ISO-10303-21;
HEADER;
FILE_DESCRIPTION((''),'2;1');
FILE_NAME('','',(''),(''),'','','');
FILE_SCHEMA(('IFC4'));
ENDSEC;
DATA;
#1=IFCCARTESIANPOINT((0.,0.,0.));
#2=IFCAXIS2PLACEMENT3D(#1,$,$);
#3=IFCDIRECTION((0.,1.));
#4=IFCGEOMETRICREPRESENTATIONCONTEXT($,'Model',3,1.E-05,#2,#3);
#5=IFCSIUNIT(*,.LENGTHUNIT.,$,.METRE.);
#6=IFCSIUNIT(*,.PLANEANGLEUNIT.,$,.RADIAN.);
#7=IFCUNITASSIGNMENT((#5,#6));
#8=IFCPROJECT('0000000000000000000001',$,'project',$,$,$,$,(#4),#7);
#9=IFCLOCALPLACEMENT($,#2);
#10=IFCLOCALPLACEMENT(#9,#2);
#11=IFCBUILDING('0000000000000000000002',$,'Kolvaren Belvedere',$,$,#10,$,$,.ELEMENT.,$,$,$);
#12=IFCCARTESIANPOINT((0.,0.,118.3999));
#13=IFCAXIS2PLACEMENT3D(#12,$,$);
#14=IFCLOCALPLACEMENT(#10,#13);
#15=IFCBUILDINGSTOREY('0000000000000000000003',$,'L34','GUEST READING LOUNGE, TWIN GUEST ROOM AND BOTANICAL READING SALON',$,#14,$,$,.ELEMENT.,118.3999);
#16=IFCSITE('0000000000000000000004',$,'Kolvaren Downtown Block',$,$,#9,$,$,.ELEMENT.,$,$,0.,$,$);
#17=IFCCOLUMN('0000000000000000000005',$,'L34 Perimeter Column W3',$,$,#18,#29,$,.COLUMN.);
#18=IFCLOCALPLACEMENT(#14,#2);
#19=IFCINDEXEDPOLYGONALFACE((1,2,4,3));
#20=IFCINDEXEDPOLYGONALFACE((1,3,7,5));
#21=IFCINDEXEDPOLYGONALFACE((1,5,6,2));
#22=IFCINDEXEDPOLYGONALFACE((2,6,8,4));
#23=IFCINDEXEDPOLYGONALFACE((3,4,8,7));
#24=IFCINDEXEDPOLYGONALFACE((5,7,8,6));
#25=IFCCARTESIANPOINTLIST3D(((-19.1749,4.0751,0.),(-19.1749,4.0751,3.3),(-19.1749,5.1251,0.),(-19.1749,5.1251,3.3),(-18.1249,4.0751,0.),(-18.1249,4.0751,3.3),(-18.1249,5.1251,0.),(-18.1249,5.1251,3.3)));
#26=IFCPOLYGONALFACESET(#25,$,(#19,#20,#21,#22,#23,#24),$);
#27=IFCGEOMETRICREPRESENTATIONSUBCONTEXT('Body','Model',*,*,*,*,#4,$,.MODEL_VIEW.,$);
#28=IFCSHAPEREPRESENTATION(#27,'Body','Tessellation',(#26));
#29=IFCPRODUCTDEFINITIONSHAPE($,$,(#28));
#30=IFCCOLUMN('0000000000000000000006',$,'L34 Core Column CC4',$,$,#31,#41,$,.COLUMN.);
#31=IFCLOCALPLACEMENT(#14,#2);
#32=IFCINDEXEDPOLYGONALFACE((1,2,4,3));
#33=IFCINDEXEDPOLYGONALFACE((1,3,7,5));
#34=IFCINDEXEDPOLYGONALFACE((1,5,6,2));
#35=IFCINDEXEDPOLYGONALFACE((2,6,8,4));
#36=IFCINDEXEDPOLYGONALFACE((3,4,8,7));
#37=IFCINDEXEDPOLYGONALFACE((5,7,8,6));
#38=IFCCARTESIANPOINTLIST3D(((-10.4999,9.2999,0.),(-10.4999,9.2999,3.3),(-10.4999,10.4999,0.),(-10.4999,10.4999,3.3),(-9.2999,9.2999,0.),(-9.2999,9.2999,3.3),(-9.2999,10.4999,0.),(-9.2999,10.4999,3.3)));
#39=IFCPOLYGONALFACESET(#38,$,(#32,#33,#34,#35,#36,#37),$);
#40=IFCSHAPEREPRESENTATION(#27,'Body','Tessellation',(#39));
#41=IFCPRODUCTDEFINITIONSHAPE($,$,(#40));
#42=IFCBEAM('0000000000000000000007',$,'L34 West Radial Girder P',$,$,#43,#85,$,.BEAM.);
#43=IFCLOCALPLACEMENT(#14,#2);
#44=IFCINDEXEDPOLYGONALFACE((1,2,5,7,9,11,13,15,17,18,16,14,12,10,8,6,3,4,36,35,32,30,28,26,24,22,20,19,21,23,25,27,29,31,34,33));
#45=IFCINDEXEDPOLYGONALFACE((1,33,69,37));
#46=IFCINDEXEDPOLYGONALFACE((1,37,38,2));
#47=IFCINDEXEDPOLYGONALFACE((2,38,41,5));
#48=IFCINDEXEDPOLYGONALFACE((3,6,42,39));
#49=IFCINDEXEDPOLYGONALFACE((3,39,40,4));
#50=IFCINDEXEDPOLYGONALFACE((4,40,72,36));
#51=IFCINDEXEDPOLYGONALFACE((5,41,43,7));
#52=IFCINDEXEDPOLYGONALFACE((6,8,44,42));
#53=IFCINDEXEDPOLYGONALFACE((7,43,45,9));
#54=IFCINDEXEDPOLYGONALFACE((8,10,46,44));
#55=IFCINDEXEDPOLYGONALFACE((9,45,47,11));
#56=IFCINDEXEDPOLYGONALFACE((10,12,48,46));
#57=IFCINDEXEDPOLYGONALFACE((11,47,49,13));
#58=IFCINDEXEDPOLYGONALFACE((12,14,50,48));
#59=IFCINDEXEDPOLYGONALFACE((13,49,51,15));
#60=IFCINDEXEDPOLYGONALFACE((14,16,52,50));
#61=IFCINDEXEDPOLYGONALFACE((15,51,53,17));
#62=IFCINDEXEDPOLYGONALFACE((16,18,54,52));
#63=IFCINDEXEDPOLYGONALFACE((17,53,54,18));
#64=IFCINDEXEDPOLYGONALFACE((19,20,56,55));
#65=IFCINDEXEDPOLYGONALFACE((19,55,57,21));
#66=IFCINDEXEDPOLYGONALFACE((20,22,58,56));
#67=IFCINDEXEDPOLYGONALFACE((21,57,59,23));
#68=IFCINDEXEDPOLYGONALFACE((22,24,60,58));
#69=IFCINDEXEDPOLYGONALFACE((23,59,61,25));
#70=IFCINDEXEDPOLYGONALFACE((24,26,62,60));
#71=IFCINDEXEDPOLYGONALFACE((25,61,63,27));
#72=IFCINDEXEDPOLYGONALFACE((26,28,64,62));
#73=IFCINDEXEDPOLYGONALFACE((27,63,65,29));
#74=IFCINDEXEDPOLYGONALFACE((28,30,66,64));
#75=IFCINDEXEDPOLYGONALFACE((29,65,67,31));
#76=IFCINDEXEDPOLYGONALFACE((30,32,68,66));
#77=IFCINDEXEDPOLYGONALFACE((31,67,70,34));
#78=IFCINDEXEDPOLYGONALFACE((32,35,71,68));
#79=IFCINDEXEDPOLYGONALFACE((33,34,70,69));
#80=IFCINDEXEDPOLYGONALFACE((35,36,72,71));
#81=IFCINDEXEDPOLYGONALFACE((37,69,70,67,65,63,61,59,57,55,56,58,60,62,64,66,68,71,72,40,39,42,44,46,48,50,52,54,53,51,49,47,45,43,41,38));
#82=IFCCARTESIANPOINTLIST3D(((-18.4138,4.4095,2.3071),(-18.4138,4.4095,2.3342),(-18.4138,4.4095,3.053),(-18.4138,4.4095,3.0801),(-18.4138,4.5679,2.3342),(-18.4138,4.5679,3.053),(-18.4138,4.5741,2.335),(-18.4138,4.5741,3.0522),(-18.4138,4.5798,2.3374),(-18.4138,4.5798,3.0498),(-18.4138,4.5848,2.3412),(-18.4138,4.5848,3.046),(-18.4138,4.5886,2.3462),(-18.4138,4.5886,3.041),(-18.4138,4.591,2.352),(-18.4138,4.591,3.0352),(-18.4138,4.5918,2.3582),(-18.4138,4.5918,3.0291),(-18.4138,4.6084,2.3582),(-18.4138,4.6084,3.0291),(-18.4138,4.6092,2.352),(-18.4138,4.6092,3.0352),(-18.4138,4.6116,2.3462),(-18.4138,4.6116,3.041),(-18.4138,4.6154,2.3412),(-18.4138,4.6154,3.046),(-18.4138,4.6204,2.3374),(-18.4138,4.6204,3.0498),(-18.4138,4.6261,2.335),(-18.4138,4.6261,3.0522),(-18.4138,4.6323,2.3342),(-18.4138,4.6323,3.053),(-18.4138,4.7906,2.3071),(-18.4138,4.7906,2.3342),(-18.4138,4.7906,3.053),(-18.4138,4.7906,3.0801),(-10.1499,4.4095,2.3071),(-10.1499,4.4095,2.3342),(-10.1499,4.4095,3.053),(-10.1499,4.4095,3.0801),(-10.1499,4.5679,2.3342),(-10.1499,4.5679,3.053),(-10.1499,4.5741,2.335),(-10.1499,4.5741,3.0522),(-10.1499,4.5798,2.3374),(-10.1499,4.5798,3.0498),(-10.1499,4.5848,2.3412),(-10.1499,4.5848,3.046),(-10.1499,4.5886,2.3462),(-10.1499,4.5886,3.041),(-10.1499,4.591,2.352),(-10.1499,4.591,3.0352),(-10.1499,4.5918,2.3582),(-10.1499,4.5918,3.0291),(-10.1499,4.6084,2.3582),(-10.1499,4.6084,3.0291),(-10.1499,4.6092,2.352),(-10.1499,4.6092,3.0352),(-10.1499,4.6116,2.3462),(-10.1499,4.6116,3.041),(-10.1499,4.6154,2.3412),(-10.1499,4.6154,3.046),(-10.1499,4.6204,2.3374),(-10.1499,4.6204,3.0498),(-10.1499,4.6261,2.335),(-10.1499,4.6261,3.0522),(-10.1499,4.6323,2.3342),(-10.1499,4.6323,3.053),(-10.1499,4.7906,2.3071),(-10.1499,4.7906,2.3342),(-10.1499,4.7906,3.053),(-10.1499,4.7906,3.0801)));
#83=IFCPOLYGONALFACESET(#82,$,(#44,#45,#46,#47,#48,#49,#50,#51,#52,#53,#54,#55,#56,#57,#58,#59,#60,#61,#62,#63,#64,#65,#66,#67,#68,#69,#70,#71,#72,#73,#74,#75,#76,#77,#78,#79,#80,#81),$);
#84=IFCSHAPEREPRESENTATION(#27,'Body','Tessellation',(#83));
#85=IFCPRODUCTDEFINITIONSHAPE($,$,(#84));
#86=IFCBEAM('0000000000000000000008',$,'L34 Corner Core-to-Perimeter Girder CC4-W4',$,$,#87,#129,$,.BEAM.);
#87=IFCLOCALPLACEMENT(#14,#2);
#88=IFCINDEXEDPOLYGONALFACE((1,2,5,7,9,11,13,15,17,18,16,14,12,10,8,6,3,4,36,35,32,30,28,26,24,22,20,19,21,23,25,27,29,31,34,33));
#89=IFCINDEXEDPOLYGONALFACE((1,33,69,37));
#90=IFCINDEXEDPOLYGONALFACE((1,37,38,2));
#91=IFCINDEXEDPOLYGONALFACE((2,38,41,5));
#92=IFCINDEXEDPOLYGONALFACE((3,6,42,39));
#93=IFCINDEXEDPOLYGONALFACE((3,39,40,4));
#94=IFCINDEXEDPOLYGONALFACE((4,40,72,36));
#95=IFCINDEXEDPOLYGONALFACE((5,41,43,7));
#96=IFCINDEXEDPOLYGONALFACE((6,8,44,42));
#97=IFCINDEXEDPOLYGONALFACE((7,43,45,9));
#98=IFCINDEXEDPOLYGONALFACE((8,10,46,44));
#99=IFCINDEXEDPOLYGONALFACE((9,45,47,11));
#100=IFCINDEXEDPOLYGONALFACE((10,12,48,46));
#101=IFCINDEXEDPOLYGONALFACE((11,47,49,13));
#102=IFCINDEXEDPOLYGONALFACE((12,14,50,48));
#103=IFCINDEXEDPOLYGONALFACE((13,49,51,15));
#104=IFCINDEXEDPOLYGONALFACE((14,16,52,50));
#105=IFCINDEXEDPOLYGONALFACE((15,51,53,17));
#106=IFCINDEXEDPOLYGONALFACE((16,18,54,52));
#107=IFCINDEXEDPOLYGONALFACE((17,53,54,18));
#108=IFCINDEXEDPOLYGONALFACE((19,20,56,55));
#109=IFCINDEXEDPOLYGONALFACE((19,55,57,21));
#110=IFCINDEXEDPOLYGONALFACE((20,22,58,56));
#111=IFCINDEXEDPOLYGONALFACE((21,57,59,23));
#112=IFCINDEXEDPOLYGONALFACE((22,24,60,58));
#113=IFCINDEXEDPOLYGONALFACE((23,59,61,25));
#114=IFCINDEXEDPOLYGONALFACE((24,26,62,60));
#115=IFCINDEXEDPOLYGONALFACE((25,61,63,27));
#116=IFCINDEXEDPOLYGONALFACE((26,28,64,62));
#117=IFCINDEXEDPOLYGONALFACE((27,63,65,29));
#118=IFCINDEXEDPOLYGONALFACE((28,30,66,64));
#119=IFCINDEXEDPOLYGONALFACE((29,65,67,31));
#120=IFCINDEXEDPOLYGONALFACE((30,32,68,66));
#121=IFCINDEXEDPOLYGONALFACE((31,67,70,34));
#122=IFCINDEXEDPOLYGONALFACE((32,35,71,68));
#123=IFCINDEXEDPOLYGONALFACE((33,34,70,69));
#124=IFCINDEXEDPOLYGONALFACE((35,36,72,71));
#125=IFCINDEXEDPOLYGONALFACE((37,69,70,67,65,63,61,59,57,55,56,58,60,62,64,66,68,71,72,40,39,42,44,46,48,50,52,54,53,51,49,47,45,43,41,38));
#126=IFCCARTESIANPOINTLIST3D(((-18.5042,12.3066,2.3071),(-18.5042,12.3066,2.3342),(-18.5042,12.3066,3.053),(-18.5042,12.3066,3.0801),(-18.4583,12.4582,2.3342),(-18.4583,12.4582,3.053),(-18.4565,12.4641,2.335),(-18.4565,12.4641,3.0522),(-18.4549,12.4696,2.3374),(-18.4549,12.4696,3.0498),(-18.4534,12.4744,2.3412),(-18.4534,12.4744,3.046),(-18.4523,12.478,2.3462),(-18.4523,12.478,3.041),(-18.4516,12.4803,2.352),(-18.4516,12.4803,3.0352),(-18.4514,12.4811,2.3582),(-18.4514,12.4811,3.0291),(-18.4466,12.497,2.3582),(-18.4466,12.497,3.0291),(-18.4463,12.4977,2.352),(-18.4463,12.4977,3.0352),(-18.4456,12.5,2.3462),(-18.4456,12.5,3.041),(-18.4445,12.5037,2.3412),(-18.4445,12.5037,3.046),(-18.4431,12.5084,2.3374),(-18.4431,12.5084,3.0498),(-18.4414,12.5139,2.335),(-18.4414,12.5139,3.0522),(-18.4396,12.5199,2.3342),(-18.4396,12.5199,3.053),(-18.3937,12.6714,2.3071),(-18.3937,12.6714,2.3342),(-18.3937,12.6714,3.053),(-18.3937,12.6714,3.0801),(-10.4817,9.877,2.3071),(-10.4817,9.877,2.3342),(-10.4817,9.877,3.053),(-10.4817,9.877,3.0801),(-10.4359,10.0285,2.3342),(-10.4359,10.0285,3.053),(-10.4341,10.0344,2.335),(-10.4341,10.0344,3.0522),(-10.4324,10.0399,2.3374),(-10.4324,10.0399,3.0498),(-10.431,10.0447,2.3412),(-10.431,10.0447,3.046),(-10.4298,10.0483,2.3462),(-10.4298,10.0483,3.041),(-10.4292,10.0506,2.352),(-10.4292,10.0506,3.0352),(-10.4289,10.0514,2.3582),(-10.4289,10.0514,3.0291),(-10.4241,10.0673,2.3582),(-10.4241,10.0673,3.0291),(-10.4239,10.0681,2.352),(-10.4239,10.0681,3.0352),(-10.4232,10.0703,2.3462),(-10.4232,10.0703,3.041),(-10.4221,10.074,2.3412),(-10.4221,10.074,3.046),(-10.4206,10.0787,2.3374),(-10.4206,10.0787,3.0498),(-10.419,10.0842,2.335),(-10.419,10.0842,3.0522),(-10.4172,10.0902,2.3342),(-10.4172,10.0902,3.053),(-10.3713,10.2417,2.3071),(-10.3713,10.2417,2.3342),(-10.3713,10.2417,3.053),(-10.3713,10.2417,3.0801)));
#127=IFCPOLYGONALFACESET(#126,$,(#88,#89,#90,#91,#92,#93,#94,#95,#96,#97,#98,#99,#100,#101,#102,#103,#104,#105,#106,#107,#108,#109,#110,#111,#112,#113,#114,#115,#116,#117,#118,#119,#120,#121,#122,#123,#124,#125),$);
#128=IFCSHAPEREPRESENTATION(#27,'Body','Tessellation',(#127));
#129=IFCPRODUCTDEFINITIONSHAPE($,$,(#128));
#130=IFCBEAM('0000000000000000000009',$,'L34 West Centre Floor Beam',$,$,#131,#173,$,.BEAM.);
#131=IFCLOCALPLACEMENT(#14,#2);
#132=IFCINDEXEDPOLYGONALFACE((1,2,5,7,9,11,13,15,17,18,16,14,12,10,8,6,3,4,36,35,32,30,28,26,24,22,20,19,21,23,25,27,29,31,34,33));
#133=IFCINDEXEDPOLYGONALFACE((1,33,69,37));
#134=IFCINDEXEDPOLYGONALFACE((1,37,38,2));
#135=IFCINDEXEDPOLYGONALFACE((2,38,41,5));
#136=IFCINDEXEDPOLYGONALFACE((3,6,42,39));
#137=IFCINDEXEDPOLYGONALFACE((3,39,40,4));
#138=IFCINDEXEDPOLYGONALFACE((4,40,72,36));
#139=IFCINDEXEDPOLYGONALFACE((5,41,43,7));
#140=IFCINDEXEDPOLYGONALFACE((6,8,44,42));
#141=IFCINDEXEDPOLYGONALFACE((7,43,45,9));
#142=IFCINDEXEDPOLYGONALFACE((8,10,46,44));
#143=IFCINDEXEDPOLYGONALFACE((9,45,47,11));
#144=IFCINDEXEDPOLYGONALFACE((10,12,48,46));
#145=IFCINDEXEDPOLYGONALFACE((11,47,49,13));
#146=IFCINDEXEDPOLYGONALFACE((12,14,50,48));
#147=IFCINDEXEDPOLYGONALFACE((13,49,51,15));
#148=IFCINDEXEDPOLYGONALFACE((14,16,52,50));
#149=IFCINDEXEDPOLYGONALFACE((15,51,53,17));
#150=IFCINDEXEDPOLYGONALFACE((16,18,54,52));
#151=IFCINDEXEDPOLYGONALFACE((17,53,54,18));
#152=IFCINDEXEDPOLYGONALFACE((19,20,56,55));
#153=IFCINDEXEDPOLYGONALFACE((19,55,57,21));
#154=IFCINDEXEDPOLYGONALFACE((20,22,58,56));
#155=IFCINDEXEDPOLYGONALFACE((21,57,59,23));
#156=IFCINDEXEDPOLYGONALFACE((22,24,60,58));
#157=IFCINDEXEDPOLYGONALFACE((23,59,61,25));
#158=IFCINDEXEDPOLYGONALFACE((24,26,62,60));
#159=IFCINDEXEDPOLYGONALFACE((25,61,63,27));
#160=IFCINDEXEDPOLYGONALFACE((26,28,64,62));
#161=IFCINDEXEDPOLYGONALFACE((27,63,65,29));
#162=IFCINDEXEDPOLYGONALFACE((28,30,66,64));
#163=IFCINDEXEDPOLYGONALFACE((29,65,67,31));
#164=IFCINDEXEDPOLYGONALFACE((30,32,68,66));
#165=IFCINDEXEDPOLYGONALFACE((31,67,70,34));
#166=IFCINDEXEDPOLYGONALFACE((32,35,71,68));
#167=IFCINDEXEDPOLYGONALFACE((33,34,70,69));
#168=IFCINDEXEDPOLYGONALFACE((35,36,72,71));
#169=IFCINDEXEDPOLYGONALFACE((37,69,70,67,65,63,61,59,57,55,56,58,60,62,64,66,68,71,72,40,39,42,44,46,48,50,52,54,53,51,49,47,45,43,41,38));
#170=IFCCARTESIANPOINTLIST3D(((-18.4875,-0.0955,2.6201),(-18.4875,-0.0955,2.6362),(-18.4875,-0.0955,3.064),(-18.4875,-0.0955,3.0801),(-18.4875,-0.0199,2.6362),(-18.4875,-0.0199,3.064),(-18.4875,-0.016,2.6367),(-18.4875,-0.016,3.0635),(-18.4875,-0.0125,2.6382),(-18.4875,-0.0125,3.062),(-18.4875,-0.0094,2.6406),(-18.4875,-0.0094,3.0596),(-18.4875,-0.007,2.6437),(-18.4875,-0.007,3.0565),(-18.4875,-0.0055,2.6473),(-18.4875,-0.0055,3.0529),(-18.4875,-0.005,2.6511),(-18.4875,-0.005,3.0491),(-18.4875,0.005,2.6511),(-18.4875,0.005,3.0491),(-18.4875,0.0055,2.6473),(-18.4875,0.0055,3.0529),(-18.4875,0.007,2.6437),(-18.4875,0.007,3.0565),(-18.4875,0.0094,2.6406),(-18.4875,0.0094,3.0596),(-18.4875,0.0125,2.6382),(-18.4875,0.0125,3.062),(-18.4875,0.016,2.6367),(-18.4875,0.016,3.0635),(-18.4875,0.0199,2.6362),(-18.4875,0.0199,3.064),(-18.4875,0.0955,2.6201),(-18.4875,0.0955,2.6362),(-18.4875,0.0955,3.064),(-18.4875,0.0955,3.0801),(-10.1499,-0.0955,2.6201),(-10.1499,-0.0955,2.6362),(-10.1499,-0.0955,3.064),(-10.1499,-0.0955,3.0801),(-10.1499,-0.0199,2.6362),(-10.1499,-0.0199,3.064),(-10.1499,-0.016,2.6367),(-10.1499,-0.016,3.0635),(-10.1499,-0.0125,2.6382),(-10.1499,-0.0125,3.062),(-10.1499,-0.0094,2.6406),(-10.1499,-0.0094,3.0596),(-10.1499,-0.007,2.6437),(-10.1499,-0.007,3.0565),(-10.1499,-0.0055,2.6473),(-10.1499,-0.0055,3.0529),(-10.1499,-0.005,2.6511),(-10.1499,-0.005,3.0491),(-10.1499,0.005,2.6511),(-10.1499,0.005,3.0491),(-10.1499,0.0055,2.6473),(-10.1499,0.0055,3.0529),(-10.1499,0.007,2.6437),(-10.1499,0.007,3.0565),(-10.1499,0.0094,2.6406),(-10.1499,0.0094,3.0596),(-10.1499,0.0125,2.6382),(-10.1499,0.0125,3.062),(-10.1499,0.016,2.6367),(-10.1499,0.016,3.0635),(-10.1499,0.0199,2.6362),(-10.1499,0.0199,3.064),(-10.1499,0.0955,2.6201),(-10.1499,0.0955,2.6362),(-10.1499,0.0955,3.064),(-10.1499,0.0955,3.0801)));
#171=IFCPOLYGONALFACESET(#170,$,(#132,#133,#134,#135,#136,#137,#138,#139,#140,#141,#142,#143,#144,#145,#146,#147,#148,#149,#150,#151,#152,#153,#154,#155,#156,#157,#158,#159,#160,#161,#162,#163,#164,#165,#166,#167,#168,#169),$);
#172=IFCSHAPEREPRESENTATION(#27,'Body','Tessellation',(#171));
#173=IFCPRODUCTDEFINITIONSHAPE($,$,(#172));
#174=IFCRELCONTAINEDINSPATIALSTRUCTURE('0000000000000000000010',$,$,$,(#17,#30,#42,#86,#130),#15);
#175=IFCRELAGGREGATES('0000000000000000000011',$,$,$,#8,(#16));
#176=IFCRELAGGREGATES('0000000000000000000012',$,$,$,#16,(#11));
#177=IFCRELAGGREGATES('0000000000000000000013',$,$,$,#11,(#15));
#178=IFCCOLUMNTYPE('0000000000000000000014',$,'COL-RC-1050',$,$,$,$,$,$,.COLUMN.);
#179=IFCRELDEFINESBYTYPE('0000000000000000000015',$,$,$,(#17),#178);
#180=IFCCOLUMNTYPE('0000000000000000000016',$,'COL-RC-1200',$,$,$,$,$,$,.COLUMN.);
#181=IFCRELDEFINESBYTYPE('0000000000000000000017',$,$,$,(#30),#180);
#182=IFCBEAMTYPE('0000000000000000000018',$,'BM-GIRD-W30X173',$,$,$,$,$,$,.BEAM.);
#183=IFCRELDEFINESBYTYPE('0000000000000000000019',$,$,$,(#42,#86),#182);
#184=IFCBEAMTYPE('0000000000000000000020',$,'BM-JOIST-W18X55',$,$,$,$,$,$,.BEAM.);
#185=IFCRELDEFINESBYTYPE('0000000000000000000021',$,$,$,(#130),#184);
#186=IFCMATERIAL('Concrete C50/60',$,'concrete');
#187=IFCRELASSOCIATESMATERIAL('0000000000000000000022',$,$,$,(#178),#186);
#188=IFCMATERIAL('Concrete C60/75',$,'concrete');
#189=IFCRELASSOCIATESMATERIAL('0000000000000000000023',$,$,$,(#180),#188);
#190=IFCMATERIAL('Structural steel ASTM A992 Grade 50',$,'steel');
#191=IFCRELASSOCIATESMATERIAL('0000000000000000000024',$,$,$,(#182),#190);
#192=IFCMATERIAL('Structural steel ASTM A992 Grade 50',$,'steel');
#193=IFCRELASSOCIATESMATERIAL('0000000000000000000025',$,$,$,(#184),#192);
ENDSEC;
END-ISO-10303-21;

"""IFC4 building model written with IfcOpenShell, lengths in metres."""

from ifc_helpers import new_model, si_unit, direction, frame, origin, origin_2d, place, context, subcontext, project, spatial, rectangle, i_section, extrude, material, material_profile, profile_set, type_object, element, save


model = new_model("IFC4")

# Units and contexts
model_context = context("Model", 3, precision=1e-05, world=origin(), true_north=direction((0.0, 1.0)))
body_context = subcontext(model_context, "Body", "Model", "MODEL_VIEW")
ifc_project = project(units=[si_unit("LENGTHUNIT", "METRE"), si_unit("PLANEANGLEUNIT", "RADIAN")], contexts=[model_context])

# Site, building, storey
site_placement = place(None, origin())
site = spatial("IfcSite", under=ifc_project, at=site_placement, Name="Kolvaren Downtown Block", CompositionType="ELEMENT", RefElevation=0.0)
building_placement = place(site_placement, origin())
building = spatial("IfcBuilding", under=site, at=building_placement, Name="Kolvaren Belvedere", CompositionType="ELEMENT")
storey_placement = place(building_placement, frame((0.0, 0.0, 118.3999)))
storey = spatial("IfcBuildingStorey", under=building, at=storey_placement, Name="L34", Description="GUEST READING LOUNGE, TWIN GUEST ROOM AND BOTANICAL READING SALON", CompositionType="ELEMENT", Elevation=118.3999)

# Columns
ifc_material_1 = material(Name="Concrete C50/60", Category="concrete")
ifc_material_profile_1 = material_profile(ifc_material_1, rectangle(XDim=1.05, YDim=1.05, at=origin_2d()), Name="RC 1050X1050")
ifc_profile_set_1 = profile_set([ifc_material_profile_1], Name="Concrete C50/60")
column_type_1 = type_object("IfcColumnType", Name="COL-RC-1050", PredefinedType="COLUMN", material=ifc_profile_set_1)
column_1_placement = place(storey_placement, frame((-18.6499, 4.6001, 0.0), z_axis=(0.0, 0.0, 1.0), x_axis=(1.0, 0.0, 0.0)))
element("IfcColumn", 1, at=column_1_placement, inside=storey, type_object=column_type_1, Name="L34 Perimeter Column W3", PredefinedType="COLUMN", context=body_context, shape_type="SweptSolid", body=[
    extrude(rectangle(XDim=1.05, YDim=1.05, at=origin_2d()), origin(), (0.0, 0.0, 1.0), 3.3),
])
ifc_material_2 = material(Name="Concrete C60/75", Category="concrete")
ifc_material_profile_2 = material_profile(ifc_material_2, rectangle(XDim=1.2, YDim=1.2, at=origin_2d()), Name="RC 1200X1200")
ifc_profile_set_2 = profile_set([ifc_material_profile_2], Name="Concrete C60/75")
column_type_2 = type_object("IfcColumnType", Name="COL-RC-1200", PredefinedType="COLUMN", material=ifc_profile_set_2)
column_2_placement = place(storey_placement, frame((-9.8999, 9.8999, 0.0), z_axis=(0.0, 0.0, 1.0), x_axis=(1.0, 0.0, 0.0)))
element("IfcColumn", 2, at=column_2_placement, inside=storey, type_object=column_type_2, Name="L34 Core Column CC4", PredefinedType="COLUMN", context=body_context, shape_type="SweptSolid", body=[
    extrude(rectangle(XDim=1.2, YDim=1.2, at=origin_2d()), origin(), (0.0, 0.0, 1.0), 3.3),
])

# Beams
ifc_material_3 = material(Name="Structural steel ASTM A992 Grade 50", Category="steel")
ifc_material_profile_3 = material_profile(ifc_material_3, i_section(OverallWidth=0.3811, OverallDepth=0.7729, WebThickness=0.0166, FlangeThickness=0.0271, FilletRadius=0.0239, at=origin_2d()), Name="W30X173")
ifc_profile_set_3 = profile_set([ifc_material_profile_3], Name="Structural steel ASTM A992 Grade 50")
beam_type_1 = type_object("IfcBeamType", Name="BM-GIRD-W30X173", PredefinedType="BEAM", material=ifc_profile_set_3)
beam_1_placement = place(storey_placement, frame((-10.1499, 4.6001, 2.6936), z_axis=(-1.0, 0.0, 0.0), x_axis=(0.0, -1.0, 0.0)))
element("IfcBeam", 3, at=beam_1_placement, inside=storey, type_object=beam_type_1, Name="L34 West Radial Girder P", PredefinedType="BEAM", context=body_context, shape_type="SweptSolid", body=[
    extrude(i_section(OverallWidth=0.3811, OverallDepth=0.7729, WebThickness=0.0166, FlangeThickness=0.0271, FilletRadius=0.0239, at=origin_2d()), origin(), (0.0, 0.0, 1.0), 8.2639),
])
beam_2_placement = place(storey_placement, frame((-10.4265, 10.0593, 2.6936), z_axis=(-0.957069, 0.289859, 0.0), x_axis=(-0.289859, -0.957069, 0.0)))
element("IfcBeam", 4, at=beam_2_placement, inside=storey, type_object=beam_type_1, Name="L34 Corner Core-to-Perimeter Girder CC4-W4", PredefinedType="BEAM", context=body_context, shape_type="SweptSolid", body=[
    extrude(i_section(OverallWidth=0.3811, OverallDepth=0.7729, WebThickness=0.0166, FlangeThickness=0.0271, FilletRadius=0.0239, at=origin_2d()), origin(), (0.0, 0.0, 1.0), 8.3823),
])
ifc_material_4 = material(Name="Structural steel ASTM A992 Grade 50", Category="steel")
ifc_material_profile_4 = material_profile(ifc_material_4, i_section(OverallWidth=0.1909, OverallDepth=0.46, WebThickness=0.01, FlangeThickness=0.0161, FilletRadius=0.0149, at=origin_2d()), Name="W18X55")
ifc_profile_set_4 = profile_set([ifc_material_profile_4], Name="Structural steel ASTM A992 Grade 50")
beam_type_2 = type_object("IfcBeamType", Name="BM-JOIST-W18X55", PredefinedType="BEAM", material=ifc_profile_set_4)
beam_3_placement = place(storey_placement, frame((-10.1499, 0.0, 2.8501), z_axis=(-1.0, 0.0, 0.0), x_axis=(0.0, -1.0, 0.0)))
element("IfcBeam", 5, at=beam_3_placement, inside=storey, type_object=beam_type_2, Name="L34 West Centre Floor Beam", PredefinedType="BEAM", context=body_context, shape_type="SweptSolid", body=[
    extrude(i_section(OverallWidth=0.1909, OverallDepth=0.46, WebThickness=0.01, FlangeThickness=0.0161, FilletRadius=0.0149, at=origin_2d()), origin(), (0.0, 0.0, 1.0), 8.3376),
])

save(model, "model.ifc")
